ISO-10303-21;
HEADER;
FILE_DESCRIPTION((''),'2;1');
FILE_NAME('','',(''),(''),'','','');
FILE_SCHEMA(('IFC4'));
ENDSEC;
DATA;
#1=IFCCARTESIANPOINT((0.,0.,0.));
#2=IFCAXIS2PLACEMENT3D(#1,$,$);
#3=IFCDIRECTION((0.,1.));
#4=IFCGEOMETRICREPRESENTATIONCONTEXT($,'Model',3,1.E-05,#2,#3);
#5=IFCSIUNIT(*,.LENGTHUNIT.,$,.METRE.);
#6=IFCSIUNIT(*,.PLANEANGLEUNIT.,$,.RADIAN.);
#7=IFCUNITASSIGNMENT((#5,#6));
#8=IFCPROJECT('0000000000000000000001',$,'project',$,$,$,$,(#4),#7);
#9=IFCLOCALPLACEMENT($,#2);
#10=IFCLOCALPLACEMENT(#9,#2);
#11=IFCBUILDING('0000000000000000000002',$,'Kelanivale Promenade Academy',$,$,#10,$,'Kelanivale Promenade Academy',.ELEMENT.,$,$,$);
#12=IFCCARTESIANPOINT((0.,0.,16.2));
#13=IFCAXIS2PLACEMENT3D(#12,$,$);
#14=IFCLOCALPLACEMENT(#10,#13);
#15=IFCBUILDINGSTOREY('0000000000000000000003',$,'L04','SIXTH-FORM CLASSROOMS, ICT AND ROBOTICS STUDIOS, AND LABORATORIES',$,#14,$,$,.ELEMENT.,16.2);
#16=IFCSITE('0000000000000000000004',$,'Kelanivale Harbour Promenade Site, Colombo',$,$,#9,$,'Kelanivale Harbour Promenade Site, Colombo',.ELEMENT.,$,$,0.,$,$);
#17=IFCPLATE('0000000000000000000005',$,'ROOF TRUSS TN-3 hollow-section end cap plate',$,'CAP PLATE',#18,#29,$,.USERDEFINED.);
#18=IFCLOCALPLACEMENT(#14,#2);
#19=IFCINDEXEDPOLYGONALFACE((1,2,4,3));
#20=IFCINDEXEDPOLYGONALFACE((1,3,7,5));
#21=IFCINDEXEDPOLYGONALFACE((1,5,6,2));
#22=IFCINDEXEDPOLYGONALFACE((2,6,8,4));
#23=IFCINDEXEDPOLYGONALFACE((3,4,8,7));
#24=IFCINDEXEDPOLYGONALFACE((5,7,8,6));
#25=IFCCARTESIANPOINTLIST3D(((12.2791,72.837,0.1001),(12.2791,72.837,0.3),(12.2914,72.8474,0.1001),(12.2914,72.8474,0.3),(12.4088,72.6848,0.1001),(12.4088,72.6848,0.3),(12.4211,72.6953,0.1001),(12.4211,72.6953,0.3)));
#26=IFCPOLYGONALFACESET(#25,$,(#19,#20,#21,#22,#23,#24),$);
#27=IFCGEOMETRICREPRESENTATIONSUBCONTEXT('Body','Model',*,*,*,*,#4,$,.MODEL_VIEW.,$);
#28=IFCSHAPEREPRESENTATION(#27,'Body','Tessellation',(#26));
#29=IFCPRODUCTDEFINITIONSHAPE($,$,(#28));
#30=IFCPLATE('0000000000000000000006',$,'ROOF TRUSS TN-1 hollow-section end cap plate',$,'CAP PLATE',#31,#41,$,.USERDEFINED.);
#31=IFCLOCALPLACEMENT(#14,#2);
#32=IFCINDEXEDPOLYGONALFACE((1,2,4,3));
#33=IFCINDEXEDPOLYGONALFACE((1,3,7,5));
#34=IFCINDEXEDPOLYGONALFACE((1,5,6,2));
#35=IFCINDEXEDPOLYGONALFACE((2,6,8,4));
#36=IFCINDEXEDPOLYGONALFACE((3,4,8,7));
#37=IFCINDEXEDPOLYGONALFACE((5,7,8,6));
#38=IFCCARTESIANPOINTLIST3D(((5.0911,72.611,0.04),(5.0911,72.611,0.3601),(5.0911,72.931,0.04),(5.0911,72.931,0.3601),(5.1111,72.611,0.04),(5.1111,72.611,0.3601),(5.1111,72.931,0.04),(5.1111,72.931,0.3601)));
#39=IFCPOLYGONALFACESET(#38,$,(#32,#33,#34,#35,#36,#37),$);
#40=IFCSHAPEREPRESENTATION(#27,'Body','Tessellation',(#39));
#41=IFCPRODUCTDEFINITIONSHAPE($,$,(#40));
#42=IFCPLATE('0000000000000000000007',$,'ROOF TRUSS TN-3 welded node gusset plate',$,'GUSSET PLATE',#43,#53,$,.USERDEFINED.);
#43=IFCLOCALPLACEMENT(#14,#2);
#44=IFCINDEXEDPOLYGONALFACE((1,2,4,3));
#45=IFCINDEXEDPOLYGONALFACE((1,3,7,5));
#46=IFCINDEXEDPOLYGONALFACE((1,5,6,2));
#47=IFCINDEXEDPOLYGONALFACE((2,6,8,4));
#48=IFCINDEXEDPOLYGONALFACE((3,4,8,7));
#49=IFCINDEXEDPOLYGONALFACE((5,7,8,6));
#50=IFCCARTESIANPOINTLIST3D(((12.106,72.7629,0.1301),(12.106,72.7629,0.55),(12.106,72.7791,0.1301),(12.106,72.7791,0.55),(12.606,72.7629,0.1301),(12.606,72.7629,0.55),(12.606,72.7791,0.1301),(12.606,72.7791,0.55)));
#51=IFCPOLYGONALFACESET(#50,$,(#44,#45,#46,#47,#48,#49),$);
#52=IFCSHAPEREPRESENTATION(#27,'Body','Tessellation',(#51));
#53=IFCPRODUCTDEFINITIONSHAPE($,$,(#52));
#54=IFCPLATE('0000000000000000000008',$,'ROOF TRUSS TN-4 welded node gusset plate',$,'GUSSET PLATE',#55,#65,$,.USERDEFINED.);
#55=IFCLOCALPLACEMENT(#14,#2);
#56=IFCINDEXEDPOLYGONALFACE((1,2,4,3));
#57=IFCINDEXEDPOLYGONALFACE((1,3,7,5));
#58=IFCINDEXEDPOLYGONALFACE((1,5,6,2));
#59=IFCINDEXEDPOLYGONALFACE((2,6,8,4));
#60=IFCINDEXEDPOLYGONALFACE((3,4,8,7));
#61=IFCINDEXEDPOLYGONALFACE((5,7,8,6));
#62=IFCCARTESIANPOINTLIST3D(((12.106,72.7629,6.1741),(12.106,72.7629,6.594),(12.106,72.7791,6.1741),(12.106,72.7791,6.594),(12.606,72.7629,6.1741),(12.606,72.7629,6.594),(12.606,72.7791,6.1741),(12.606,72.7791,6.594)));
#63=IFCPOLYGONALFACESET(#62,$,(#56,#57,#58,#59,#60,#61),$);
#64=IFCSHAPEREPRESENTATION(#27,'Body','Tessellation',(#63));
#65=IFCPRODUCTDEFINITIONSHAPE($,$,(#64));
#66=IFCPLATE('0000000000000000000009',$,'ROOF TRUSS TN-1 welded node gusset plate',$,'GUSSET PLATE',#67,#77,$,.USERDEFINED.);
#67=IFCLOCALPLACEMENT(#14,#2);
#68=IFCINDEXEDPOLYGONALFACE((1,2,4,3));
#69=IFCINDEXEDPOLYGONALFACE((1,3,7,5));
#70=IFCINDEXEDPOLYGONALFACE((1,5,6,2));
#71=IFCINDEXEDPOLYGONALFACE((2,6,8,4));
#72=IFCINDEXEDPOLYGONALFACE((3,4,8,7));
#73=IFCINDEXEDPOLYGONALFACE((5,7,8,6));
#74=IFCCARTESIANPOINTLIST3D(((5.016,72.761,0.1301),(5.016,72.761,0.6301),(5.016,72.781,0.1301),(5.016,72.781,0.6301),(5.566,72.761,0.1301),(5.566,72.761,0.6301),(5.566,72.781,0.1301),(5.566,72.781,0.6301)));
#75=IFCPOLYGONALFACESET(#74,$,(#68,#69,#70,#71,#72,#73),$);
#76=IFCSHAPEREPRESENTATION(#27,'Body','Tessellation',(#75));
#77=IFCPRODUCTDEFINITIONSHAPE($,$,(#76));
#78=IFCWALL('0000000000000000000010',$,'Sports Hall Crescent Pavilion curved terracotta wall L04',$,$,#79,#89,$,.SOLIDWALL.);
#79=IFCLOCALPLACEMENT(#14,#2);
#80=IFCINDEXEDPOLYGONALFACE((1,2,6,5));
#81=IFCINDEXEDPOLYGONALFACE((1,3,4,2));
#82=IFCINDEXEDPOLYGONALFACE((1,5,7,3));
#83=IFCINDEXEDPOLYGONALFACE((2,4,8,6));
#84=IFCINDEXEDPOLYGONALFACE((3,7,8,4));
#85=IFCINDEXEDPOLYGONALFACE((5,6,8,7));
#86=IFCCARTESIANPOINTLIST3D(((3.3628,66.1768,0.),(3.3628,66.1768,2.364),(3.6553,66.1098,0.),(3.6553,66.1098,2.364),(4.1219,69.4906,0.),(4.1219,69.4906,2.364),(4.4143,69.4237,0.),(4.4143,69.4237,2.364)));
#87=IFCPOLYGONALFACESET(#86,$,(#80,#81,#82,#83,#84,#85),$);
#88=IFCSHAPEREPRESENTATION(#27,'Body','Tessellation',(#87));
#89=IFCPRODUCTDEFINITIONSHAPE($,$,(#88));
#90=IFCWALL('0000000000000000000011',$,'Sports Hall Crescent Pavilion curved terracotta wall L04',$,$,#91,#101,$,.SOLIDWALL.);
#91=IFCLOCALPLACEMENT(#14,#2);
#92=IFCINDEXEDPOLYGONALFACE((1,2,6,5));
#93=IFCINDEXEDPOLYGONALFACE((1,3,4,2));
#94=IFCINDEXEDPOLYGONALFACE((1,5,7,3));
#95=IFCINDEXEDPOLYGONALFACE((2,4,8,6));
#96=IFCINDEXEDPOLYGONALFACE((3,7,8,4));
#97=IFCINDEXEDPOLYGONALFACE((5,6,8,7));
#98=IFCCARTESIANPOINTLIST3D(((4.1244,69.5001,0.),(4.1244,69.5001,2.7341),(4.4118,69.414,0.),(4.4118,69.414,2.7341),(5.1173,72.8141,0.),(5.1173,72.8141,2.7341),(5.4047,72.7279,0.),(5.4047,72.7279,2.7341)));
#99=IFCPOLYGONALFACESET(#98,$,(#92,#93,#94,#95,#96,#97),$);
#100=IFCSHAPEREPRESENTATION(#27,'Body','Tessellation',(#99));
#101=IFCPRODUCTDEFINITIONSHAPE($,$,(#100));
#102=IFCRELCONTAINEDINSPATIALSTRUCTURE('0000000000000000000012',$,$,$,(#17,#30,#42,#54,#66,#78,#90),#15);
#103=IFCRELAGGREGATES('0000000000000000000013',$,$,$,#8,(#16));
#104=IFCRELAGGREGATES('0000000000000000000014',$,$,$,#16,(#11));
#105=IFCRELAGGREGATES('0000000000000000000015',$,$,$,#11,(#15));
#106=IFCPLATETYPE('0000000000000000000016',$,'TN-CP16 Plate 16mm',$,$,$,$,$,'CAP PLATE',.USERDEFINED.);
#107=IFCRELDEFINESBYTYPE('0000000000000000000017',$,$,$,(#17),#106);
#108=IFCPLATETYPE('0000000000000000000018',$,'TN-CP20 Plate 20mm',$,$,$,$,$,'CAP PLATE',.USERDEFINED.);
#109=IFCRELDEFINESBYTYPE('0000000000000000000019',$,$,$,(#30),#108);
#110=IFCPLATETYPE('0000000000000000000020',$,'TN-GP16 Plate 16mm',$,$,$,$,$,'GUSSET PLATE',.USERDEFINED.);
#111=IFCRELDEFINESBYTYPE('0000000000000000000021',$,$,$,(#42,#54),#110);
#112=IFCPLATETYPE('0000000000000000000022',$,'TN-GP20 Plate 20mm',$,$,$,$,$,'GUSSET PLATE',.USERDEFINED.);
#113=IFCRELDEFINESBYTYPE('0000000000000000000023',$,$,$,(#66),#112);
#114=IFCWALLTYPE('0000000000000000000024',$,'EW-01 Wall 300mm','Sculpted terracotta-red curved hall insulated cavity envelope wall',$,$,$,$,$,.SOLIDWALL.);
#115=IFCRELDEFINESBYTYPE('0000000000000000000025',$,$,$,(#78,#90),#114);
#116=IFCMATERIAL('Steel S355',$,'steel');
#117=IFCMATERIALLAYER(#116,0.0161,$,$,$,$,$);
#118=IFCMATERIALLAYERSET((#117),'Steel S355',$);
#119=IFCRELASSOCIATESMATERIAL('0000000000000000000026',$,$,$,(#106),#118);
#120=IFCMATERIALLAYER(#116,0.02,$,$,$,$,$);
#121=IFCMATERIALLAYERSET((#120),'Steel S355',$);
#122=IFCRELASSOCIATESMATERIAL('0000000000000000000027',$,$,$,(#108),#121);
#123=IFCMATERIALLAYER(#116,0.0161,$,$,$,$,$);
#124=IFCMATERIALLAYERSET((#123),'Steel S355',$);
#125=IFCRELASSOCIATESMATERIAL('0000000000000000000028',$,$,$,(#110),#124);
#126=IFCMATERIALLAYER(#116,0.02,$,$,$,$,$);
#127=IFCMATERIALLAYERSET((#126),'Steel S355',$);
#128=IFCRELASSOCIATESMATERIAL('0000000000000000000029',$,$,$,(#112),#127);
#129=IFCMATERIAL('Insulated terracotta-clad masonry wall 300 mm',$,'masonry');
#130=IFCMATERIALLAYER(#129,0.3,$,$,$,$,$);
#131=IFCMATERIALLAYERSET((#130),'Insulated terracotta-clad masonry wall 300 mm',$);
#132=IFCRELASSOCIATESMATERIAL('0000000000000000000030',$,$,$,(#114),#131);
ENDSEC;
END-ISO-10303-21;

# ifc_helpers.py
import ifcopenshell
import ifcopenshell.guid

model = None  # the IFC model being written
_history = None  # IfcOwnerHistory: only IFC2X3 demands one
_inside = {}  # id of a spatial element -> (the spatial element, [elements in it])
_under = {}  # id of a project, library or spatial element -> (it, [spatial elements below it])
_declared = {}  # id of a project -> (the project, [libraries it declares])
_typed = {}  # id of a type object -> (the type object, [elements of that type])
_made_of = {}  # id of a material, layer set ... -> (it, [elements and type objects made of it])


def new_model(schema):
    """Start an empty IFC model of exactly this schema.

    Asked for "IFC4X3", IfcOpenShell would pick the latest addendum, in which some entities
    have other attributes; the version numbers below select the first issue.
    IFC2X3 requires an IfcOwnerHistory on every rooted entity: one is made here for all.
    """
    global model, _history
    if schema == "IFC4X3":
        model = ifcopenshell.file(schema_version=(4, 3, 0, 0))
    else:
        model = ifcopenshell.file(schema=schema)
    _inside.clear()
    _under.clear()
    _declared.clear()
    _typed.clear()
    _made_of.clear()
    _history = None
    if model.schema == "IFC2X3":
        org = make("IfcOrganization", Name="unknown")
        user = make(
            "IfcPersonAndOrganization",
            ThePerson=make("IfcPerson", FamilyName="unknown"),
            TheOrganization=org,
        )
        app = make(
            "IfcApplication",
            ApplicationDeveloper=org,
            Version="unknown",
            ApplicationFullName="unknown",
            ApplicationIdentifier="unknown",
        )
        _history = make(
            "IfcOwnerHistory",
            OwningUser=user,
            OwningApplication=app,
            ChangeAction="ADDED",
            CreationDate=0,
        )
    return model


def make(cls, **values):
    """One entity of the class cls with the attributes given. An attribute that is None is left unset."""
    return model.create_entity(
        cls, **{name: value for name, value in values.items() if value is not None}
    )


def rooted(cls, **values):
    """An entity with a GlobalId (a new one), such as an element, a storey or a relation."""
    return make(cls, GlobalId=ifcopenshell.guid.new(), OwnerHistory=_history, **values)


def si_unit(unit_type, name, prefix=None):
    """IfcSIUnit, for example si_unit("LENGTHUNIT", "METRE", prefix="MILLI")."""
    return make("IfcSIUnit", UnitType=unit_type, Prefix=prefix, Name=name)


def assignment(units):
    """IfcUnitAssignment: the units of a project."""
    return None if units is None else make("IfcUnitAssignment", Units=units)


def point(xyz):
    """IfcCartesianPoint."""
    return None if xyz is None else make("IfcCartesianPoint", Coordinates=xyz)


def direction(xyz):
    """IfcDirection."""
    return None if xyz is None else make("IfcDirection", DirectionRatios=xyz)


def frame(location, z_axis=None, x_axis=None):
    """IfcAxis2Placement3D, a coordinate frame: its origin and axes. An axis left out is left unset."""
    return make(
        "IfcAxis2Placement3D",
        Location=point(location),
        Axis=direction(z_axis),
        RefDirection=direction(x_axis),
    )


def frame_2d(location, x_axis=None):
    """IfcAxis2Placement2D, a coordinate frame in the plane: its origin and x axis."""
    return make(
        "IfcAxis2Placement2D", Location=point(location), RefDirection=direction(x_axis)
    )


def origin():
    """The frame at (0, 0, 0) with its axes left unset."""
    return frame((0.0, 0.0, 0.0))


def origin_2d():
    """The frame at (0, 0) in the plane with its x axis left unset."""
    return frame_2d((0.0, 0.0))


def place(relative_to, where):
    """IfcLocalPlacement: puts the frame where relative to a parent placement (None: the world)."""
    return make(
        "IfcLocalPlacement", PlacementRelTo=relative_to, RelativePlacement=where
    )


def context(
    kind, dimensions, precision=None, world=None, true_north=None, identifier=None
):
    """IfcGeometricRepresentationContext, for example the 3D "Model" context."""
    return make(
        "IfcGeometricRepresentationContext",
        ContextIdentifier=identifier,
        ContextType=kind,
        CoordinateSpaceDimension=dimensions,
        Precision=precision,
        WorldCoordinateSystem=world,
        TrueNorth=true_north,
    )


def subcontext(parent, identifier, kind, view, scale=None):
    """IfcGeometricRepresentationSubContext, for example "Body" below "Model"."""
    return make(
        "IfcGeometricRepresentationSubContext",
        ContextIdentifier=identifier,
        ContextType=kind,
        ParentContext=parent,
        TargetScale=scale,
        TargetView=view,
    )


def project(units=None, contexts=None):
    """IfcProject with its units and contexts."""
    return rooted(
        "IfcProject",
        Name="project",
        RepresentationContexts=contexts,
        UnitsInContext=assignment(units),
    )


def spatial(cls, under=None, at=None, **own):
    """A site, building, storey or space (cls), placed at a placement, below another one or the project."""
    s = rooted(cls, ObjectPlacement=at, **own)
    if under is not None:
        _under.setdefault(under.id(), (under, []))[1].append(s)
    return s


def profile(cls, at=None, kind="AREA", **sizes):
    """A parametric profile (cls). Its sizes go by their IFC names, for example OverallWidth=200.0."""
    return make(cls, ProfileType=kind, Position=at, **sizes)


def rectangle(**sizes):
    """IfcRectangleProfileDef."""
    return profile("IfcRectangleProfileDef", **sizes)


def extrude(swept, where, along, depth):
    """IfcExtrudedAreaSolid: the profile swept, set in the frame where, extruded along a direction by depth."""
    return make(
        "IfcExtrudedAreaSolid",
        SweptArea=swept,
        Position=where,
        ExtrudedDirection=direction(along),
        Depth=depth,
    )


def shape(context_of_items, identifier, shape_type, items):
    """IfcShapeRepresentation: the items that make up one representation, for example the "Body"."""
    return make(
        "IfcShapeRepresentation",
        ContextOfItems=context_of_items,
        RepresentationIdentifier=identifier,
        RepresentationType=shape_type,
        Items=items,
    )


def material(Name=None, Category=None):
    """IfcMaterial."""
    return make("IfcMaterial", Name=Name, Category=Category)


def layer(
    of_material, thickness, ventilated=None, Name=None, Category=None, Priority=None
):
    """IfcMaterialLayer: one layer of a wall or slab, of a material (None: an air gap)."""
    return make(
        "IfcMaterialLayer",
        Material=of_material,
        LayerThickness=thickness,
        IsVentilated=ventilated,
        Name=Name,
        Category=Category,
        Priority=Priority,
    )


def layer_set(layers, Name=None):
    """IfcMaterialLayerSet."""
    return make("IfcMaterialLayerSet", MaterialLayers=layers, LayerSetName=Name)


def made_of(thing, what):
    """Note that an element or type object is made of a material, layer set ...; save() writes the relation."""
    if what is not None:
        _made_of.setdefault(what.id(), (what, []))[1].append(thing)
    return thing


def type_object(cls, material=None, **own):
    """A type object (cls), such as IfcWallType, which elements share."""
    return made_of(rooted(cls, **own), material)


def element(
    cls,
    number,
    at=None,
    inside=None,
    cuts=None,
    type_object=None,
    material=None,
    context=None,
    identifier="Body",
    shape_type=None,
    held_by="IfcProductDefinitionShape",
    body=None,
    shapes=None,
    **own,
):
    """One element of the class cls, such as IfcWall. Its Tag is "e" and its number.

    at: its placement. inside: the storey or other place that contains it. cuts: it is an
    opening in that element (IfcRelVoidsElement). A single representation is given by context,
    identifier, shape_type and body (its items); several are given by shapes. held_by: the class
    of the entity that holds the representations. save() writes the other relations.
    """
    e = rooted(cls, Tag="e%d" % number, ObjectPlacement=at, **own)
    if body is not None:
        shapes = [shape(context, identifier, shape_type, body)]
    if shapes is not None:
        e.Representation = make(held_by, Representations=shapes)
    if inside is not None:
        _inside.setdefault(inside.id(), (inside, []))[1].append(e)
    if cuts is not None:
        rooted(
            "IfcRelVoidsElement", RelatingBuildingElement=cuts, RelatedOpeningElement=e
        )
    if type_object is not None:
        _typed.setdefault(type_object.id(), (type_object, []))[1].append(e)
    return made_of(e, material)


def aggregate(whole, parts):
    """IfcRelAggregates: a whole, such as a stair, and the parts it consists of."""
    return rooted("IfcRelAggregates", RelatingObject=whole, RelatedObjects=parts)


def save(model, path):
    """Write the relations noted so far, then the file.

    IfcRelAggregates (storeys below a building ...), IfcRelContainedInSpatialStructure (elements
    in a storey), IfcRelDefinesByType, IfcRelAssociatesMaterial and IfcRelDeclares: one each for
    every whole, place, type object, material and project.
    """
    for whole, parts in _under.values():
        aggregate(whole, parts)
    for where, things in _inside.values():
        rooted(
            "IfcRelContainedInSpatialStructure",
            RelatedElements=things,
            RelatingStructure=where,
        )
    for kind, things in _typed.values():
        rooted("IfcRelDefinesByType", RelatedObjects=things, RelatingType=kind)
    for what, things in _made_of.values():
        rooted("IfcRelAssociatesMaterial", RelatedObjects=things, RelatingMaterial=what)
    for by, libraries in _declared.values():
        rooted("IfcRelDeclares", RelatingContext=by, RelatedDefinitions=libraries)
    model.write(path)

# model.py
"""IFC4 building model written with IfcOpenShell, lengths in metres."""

from ifc_helpers import new_model, si_unit, direction, frame, frame_2d, origin, origin_2d, place, context, subcontext, project, spatial, rectangle, extrude, material, layer, layer_set, type_object, element, save


model = new_model("IFC4")

# Units and contexts
model_context = context("Model", 3, precision=1e-05, world=origin(), true_north=direction((0.0, 1.0)))
body_context = subcontext(model_context, "Body", "Model", "MODEL_VIEW")
ifc_project = project(units=[si_unit("LENGTHUNIT", "METRE"), si_unit("PLANEANGLEUNIT", "RADIAN")], contexts=[model_context])

# Site, building, storey
site_placement = place(None, origin())
site = spatial("IfcSite", under=ifc_project, at=site_placement, Name="Kelanivale Harbour Promenade Site, Colombo", LongName="Kelanivale Harbour Promenade Site, Colombo", CompositionType="ELEMENT", RefElevation=0.0)
building_placement = place(site_placement, origin())
building = spatial("IfcBuilding", under=site, at=building_placement, Name="Kelanivale Promenade Academy", LongName="Kelanivale Promenade Academy", CompositionType="ELEMENT")
storey_placement = place(building_placement, frame((0.0, 0.0, 16.2)))
storey = spatial("IfcBuildingStorey", under=building, at=storey_placement, Name="L04", Description="SIXTH-FORM CLASSROOMS, ICT AND ROBOTICS STUDIOS, AND LABORATORIES", CompositionType="ELEMENT", Elevation=16.2)

# Shared definitions
ifc_material_1 = material(Name="Steel S355", Category="steel")

# Plates
ifc_layer_1 = layer(ifc_material_1, 0.0161)
ifc_layer_set_1 = layer_set([ifc_layer_1], Name="Steel S355")
plate_type_1 = type_object("IfcPlateType", Name="TN-CP16 Plate 16mm", ElementType="CAP PLATE", PredefinedType="USERDEFINED", material=ifc_layer_set_1)
plate_1_placement = place(storey_placement, frame((12.3501, 72.7661, 0.1001), z_axis=(0.0, 0.0, 1.0), x_axis=(-0.760859, -0.648917, 0.0)))
element("IfcPlate", 1, at=plate_1_placement, inside=storey, type_object=plate_type_1, Name="ROOF TRUSS TN-3 hollow-section end cap plate", ObjectType="CAP PLATE", PredefinedType="USERDEFINED", context=body_context, shape_type="SweptSolid", body=[
    extrude(rectangle(XDim=0.0161, YDim=0.2, at=origin_2d()), origin(), (0.0, 0.0, 1.0), 0.2),
])
ifc_layer_2 = layer(ifc_material_1, 0.02)
ifc_layer_set_2 = layer_set([ifc_layer_2], Name="Steel S355")
plate_type_2 = type_object("IfcPlateType", Name="TN-CP20 Plate 20mm", ElementType="CAP PLATE", PredefinedType="USERDEFINED", material=ifc_layer_set_2)
plate_2_placement = place(storey_placement, frame((5.1011, 72.771, 0.04), z_axis=(0.0, 0.0, 1.0), x_axis=(-1.0, 0.0, 0.0)))
element("IfcPlate", 2, at=plate_2_placement, inside=storey, type_object=plate_type_2, Name="ROOF TRUSS TN-1 hollow-section end cap plate", ObjectType="CAP PLATE", PredefinedType="USERDEFINED", context=body_context, shape_type="SweptSolid", body=[
    extrude(rectangle(XDim=0.02, YDim=0.3201, at=origin_2d()), origin(), (0.0, 0.0, 1.0), 0.3201),
])
ifc_layer_3 = layer(ifc_material_1, 0.0161)
ifc_layer_set_3 = layer_set([ifc_layer_3], Name="Steel S355")
plate_type_3 = type_object("IfcPlateType", Name="TN-GP16 Plate 16mm", ElementType="GUSSET PLATE", PredefinedType="USERDEFINED", material=ifc_layer_set_3)
for number, where, z_axis, x_axis, name in (
    (3, (12.356, 72.771, 0.1301), (0.0, 0.0, 1.0), (1.0, 0.0, 0.0), "ROOF TRUSS TN-3 welded node gusset plate"),
    (4, (12.356, 72.771, 6.1741), (0.0, 0.0, 1.0), (1.0, 0.0, 0.0), "ROOF TRUSS TN-4 welded node gusset plate"),
):
    element("IfcPlate", number, at=place(storey_placement, frame(where, z_axis=z_axis, x_axis=x_axis)), inside=storey, type_object=plate_type_3, Name=name, ObjectType="GUSSET PLATE", PredefinedType="USERDEFINED", context=body_context, shape_type="SweptSolid", body=[
        extrude(rectangle(XDim=0.5, YDim=0.0161, at=origin_2d()), origin(), (0.0, 0.0, 1.0), 0.4199),
    ])
ifc_layer_4 = layer(ifc_material_1, 0.02)
ifc_layer_set_4 = layer_set([ifc_layer_4], Name="Steel S355")
plate_type_4 = type_object("IfcPlateType", Name="TN-GP20 Plate 20mm", ElementType="GUSSET PLATE", PredefinedType="USERDEFINED", material=ifc_layer_set_4)
plate_3_placement = place(storey_placement, frame((5.291, 72.771, 0.1301), z_axis=(0.0, 0.0, 1.0), x_axis=(1.0, 0.0, 0.0)))
element("IfcPlate", 5, at=plate_3_placement, inside=storey, type_object=plate_type_4, Name="ROOF TRUSS TN-1 welded node gusset plate", ObjectType="GUSSET PLATE", PredefinedType="USERDEFINED", context=body_context, shape_type="SweptSolid", body=[
    extrude(rectangle(XDim=0.55, YDim=0.02, at=origin_2d()), origin(), (0.0, 0.0, 1.0), 0.5),
])

# Walls
ifc_material_2 = material(Name="Insulated terracotta-clad masonry wall 300 mm", Category="masonry")
ifc_layer_5 = layer(ifc_material_2, 0.3)
ifc_layer_set_5 = layer_set([ifc_layer_5], Name="Insulated terracotta-clad masonry wall 300 mm")
wall_type = type_object("IfcWallType", Name="EW-01 Wall 300mm", Description="Sculpted terracotta-red curved hall insulated cavity envelope wall", PredefinedType="SOLIDWALL", material=ifc_layer_set_5)
wall_1_placement = place(storey_placement, frame((4.2681, 69.457, 0.0), z_axis=(0.0, 0.0, 1.0), x_axis=(-0.22326, -0.974759, 0.0)))
element("IfcWall", 6, at=wall_1_placement, inside=storey, type_object=wall_type, Name="Sports Hall Crescent Pavilion curved terracotta wall L04", PredefinedType="SOLIDWALL", context=body_context, shape_type="SweptSolid", body=[
    extrude(rectangle(XDim=3.3997, YDim=0.3, at=frame_2d((1.6997, 0.0))), origin(), (0.0, 0.0, 1.0), 2.364),
])
wall_2_placement = place(storey_placement, frame((5.261, 72.771, 0.0), z_axis=(0.0, 0.0, 1.0), x_axis=(-0.287011, -0.957927, 0.0)))
element("IfcWall", 7, at=wall_2_placement, inside=storey, type_object=wall_type, Name="Sports Hall Crescent Pavilion curved terracotta wall L04", PredefinedType="SOLIDWALL", context=body_context, shape_type="SweptSolid", body=[
    extrude(rectangle(XDim=3.4595, YDim=0.3, at=frame_2d((1.7297, 0.0))), origin(), (0.0, 0.0, 1.0), 2.7341),
])

save(model, "model.ifc")
